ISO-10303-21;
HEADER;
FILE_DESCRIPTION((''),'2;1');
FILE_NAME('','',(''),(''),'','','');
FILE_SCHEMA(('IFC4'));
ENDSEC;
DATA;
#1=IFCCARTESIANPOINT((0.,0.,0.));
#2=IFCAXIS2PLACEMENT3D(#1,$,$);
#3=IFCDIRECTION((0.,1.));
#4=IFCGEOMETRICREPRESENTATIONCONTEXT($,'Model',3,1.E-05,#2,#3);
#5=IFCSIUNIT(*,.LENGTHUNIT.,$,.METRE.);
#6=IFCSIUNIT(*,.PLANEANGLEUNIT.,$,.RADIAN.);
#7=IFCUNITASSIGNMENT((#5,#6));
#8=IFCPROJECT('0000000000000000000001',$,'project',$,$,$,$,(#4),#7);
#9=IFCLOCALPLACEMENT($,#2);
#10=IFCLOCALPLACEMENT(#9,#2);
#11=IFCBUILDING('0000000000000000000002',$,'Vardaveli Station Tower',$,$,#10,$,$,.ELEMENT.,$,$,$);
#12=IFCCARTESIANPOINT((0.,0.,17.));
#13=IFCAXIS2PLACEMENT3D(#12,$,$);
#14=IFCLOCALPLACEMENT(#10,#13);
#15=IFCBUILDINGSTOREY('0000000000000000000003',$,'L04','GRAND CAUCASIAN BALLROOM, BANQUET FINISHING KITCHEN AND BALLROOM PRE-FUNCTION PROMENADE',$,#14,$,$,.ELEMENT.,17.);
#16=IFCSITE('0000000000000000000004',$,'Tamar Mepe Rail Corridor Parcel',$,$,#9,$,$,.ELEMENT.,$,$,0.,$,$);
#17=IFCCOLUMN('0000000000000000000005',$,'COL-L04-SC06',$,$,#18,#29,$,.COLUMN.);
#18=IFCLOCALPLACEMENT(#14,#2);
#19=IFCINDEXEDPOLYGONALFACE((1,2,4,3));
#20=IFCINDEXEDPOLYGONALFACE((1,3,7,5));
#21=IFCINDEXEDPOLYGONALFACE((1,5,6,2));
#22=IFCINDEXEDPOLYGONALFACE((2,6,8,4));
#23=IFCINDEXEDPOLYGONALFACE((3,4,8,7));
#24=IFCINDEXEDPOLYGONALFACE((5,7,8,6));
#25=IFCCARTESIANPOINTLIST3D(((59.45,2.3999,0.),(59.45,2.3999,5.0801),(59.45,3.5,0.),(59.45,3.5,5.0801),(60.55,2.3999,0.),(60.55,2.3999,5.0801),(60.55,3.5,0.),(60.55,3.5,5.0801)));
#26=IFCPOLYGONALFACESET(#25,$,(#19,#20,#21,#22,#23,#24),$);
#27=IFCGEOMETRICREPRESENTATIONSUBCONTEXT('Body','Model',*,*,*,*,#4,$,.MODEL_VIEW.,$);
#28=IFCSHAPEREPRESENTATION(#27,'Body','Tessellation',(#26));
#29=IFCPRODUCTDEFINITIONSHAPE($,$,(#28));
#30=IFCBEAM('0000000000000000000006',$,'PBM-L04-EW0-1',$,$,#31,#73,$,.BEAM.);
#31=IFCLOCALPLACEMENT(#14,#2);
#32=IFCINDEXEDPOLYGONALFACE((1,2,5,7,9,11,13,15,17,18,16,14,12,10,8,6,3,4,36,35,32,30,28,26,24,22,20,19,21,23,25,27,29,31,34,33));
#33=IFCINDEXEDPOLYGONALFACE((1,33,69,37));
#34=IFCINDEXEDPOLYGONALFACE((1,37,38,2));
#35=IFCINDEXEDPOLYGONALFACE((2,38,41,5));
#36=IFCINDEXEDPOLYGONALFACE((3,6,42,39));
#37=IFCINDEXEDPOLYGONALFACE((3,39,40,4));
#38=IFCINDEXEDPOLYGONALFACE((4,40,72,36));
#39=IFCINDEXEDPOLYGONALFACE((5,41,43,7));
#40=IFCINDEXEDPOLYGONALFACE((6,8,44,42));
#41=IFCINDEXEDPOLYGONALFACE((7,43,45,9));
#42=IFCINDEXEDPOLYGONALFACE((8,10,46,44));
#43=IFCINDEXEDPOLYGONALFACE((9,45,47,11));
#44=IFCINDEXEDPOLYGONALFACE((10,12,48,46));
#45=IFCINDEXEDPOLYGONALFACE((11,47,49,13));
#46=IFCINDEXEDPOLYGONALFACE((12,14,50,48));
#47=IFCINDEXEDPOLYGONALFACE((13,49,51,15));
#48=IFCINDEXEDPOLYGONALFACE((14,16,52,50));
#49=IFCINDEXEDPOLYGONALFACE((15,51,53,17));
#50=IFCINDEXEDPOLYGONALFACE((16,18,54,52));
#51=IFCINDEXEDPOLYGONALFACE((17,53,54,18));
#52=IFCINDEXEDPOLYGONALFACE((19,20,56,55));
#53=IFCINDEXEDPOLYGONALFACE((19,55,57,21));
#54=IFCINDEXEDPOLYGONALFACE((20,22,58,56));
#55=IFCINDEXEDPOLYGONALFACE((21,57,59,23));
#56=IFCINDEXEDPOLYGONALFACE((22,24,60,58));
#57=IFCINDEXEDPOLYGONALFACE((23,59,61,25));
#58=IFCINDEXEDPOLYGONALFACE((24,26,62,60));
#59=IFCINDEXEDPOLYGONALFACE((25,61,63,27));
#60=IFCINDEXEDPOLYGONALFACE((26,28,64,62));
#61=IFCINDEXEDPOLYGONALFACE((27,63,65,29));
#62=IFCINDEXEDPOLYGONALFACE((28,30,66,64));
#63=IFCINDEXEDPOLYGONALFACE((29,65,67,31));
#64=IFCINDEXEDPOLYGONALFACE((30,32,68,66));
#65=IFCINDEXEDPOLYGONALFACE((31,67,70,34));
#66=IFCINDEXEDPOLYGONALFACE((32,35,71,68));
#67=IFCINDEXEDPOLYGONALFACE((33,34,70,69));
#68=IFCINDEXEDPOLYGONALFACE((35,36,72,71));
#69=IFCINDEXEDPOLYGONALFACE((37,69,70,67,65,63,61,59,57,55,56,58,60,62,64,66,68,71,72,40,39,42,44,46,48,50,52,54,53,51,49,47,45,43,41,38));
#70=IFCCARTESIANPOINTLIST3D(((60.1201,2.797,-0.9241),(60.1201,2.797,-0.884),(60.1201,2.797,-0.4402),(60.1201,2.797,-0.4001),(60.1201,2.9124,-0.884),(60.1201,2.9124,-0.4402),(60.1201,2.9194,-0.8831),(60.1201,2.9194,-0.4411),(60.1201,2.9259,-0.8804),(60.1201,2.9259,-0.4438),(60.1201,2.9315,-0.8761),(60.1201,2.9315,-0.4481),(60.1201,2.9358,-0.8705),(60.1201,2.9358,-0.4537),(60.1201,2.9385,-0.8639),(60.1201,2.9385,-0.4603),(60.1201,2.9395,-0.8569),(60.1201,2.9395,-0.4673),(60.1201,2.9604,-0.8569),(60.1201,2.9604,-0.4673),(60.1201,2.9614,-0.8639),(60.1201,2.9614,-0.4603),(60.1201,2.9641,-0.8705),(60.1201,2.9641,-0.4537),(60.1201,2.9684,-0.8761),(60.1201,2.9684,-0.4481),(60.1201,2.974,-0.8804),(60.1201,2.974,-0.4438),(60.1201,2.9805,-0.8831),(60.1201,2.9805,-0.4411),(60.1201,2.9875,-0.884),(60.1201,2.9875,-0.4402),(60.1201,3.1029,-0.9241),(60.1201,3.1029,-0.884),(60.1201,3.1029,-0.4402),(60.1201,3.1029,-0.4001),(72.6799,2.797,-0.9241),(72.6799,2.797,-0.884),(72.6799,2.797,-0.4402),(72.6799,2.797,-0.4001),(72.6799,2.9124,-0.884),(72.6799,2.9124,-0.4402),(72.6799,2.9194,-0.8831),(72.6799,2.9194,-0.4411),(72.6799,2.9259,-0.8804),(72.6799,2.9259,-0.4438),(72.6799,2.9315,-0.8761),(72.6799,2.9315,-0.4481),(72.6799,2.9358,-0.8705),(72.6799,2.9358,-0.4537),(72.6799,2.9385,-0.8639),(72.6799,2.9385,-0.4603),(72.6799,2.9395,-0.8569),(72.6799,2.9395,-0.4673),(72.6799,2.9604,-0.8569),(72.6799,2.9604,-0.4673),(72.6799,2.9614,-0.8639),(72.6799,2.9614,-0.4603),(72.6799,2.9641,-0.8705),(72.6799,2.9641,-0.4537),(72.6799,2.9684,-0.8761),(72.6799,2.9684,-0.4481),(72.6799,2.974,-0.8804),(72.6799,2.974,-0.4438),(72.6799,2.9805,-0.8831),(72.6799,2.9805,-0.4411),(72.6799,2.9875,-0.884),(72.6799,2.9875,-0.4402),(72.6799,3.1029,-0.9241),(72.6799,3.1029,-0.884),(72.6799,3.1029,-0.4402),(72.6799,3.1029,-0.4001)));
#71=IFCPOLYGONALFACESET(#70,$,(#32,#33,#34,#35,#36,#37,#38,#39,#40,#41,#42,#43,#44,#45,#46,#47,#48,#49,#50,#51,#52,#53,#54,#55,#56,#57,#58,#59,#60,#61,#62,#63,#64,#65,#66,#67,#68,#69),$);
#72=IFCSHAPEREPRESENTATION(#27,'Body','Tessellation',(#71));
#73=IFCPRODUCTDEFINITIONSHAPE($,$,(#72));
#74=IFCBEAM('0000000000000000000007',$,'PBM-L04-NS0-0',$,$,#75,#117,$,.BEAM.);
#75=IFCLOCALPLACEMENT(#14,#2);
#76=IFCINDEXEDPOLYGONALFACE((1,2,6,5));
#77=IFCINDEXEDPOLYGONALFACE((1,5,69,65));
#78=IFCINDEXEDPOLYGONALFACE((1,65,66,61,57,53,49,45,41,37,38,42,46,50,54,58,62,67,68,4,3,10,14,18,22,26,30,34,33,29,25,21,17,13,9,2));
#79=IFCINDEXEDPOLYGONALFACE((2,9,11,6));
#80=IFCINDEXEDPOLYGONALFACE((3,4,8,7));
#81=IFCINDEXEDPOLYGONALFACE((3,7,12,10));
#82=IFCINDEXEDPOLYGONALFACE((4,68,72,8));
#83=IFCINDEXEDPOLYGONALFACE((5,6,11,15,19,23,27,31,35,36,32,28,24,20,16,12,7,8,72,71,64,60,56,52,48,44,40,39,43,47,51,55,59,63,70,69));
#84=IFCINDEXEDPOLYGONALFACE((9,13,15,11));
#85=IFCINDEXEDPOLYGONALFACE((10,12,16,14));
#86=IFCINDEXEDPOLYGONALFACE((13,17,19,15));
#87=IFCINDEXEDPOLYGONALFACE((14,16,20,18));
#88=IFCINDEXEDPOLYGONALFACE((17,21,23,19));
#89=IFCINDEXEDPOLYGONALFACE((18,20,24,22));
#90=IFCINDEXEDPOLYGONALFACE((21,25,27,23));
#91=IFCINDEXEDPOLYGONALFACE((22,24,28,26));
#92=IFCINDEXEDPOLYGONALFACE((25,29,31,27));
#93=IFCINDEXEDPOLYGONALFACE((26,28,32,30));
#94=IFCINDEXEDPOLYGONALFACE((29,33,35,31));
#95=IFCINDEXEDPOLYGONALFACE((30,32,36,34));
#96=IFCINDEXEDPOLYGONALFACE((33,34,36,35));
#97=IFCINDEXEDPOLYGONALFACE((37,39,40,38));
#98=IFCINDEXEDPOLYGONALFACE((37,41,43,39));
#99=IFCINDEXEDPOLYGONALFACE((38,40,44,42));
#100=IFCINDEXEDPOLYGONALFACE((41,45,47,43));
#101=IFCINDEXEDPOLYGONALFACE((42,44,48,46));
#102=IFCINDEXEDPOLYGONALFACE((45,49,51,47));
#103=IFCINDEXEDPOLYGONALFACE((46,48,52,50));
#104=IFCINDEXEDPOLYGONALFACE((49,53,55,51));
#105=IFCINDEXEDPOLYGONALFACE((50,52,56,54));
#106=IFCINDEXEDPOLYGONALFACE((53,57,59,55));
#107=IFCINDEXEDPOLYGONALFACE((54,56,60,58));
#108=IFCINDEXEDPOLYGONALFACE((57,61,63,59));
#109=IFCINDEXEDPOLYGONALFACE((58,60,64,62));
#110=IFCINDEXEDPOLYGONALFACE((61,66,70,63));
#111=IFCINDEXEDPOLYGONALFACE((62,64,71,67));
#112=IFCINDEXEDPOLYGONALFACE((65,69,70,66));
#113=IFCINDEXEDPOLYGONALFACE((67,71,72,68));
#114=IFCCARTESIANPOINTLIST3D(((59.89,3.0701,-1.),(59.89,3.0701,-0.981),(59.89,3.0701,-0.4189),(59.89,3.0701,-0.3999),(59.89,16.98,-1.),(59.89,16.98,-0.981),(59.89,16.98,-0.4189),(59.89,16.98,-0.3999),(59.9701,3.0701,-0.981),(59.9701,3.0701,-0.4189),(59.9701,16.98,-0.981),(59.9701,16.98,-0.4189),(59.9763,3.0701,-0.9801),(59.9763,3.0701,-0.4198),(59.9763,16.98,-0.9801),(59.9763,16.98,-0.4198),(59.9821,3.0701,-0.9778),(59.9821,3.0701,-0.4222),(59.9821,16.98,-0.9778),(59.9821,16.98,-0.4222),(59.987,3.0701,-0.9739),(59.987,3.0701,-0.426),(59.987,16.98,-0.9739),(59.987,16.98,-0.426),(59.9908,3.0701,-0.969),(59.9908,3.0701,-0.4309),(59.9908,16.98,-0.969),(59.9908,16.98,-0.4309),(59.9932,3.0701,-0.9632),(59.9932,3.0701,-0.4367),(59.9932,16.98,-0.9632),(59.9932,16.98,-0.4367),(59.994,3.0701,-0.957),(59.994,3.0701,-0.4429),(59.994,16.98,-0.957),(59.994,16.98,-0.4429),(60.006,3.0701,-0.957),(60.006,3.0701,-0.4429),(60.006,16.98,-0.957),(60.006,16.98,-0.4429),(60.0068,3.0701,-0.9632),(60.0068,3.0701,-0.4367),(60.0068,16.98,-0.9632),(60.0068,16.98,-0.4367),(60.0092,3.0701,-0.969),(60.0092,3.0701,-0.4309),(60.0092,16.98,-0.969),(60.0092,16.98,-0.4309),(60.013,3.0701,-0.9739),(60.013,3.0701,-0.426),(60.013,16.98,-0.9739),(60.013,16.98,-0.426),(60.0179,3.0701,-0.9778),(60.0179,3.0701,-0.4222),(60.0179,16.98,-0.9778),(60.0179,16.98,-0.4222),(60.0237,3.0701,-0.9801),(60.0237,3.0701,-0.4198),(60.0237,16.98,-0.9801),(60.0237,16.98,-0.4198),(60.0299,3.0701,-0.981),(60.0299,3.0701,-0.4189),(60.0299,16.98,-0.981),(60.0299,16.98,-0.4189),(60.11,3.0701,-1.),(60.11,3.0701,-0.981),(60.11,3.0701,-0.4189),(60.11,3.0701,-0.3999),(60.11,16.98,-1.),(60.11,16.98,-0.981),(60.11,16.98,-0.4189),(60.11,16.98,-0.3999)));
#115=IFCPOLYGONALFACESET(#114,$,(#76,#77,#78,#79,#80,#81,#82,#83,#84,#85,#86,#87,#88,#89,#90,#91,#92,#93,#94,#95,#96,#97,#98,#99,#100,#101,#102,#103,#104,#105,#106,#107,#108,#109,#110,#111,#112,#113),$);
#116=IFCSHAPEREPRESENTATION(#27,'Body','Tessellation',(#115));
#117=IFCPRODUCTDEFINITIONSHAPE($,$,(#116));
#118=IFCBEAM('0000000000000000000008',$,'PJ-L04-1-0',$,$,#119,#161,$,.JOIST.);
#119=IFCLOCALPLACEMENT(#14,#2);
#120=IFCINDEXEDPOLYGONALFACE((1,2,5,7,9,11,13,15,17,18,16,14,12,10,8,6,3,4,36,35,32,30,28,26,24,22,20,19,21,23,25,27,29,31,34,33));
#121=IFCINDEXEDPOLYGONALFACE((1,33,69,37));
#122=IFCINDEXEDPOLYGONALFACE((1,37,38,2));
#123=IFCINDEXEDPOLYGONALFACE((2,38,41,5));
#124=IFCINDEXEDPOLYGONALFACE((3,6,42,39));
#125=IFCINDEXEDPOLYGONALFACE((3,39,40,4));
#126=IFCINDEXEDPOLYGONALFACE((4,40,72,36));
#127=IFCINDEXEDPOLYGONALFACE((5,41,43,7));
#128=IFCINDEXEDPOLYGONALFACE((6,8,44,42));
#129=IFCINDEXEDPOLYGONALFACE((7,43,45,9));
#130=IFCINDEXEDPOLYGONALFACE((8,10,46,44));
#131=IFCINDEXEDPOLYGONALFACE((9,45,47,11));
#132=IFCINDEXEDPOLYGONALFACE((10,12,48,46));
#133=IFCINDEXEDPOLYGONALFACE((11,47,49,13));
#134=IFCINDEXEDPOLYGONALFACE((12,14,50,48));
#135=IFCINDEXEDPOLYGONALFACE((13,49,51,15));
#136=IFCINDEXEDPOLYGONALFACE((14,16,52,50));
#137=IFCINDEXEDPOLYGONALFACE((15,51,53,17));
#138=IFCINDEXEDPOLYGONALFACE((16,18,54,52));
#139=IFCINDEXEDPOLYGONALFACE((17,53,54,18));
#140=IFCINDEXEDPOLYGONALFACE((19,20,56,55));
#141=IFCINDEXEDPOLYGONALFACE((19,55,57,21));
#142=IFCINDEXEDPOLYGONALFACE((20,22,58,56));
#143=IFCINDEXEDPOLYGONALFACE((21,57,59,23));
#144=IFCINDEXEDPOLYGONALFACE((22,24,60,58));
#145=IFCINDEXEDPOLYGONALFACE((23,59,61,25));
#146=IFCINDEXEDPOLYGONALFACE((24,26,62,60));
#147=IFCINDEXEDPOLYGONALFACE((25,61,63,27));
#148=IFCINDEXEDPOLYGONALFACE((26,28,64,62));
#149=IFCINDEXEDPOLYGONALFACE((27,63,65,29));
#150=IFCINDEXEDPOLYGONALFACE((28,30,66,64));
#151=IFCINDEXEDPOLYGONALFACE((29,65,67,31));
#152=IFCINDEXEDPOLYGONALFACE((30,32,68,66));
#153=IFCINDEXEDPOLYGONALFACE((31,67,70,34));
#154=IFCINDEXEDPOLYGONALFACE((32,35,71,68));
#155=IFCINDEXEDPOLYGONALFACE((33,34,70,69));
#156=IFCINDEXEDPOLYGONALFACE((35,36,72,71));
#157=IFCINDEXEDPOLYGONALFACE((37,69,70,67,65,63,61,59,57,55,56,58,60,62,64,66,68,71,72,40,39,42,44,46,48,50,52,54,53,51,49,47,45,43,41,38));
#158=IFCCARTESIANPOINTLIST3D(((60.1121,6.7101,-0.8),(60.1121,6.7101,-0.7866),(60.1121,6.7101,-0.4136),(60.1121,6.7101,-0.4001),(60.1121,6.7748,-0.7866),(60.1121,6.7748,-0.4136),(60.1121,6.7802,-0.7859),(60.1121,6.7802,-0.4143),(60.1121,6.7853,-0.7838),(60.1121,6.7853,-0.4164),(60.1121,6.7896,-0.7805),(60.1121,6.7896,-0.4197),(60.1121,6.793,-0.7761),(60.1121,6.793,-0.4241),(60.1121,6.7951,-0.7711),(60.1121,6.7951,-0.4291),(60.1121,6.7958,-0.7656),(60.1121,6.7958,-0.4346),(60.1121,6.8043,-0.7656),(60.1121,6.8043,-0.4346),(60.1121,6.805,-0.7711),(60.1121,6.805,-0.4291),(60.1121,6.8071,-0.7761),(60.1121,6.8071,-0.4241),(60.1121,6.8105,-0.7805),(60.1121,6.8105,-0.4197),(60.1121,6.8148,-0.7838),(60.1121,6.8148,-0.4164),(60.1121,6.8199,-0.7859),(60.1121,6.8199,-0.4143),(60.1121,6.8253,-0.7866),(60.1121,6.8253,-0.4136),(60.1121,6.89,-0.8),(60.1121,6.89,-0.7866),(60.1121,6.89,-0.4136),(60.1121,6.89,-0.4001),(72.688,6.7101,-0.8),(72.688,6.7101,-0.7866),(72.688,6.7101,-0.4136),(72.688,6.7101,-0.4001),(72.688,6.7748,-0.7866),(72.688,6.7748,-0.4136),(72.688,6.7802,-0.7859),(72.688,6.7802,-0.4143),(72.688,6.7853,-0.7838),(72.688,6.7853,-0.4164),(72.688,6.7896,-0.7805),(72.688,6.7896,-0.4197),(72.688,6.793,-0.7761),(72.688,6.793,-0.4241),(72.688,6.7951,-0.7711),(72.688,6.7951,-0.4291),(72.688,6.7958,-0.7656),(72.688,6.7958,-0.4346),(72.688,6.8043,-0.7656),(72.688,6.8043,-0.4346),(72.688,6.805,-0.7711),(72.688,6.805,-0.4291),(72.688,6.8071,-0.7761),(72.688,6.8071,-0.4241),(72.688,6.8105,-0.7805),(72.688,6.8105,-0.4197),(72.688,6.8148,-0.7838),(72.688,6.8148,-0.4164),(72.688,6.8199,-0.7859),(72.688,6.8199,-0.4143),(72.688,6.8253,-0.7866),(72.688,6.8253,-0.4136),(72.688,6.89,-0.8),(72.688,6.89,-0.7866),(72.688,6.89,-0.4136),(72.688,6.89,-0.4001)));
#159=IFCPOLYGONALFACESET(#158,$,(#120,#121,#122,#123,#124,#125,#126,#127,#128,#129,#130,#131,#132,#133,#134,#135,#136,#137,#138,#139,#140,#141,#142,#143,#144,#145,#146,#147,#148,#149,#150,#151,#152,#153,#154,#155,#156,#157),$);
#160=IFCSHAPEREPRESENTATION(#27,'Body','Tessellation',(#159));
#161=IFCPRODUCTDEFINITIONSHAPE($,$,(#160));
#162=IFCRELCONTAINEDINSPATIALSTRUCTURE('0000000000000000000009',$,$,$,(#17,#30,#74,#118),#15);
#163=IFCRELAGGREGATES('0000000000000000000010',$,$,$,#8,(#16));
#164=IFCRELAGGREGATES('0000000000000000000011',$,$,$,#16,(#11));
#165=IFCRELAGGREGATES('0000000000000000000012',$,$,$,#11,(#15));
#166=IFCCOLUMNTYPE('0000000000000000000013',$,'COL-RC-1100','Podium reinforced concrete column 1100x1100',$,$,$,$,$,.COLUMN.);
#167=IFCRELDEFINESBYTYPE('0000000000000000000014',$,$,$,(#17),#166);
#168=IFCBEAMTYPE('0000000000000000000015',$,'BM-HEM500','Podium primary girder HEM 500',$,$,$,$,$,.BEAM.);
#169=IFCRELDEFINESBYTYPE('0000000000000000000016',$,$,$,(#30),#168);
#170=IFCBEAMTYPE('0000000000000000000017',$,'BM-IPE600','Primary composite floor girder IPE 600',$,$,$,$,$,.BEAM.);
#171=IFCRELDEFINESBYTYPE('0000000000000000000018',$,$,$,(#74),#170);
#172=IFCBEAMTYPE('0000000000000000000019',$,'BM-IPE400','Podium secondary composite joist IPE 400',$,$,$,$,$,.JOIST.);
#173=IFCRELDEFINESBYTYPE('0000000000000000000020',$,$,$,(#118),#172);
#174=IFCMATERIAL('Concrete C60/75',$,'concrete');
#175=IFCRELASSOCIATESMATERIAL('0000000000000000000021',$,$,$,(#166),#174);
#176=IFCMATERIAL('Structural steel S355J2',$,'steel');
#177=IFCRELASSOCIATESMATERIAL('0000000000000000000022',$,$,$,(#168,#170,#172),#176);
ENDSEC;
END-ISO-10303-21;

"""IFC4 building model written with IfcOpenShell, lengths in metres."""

from ifc_helpers import new_model, si_unit, direction, frame, origin, origin_2d, place, context, subcontext, project, spatial, rectangle, i_section, extrude, source, transform, mapped, material, material_profile, profile_set, type_object, element, save


model = new_model("IFC4")

# Units and contexts
model_context = context("Model", 3, precision=1e-05, world=origin(), true_north=direction((0.0, 1.0)))
body_context = subcontext(model_context, "Body", "Model", "MODEL_VIEW")
ifc_project = project(units=[si_unit("LENGTHUNIT", "METRE"), si_unit("PLANEANGLEUNIT", "RADIAN")], contexts=[model_context])

# Site, building, storey
site_placement = place(None, origin())
site = spatial("IfcSite", under=ifc_project, at=site_placement, Name="Tamar Mepe Rail Corridor Parcel", CompositionType="ELEMENT", RefElevation=0.0)
building_placement = place(site_placement, origin())
building = spatial("IfcBuilding", under=site, at=building_placement, Name="Vardaveli Station Tower", CompositionType="ELEMENT")
storey_placement = place(building_placement, frame((0.0, 0.0, 17.0)))
storey = spatial("IfcBuildingStorey", under=building, at=storey_placement, Name="L04", Description="GRAND CAUCASIAN BALLROOM, BANQUET FINISHING KITCHEN AND BALLROOM PRE-FUNCTION PROMENADE", CompositionType="ELEMENT", Elevation=17.0)

# Column
ifc_material_1 = material(Name="Concrete C60/75", Category="concrete")
ifc_material_profile_1 = material_profile(ifc_material_1, rectangle(XDim=1.1001, YDim=1.1001, at=origin_2d()), Name="RC 1100x1100")
ifc_profile_set_1 = profile_set([ifc_material_profile_1], Name="Concrete C60/75")
column_type = type_object("IfcColumnType", Name="COL-RC-1100", Description="Podium reinforced concrete column 1100x1100", PredefinedType="COLUMN", material=ifc_profile_set_1)
shared_shape_1 = source(origin(), body_context, "Body", "SweptSolid", [
    extrude(rectangle(XDim=1.1001, YDim=1.1001, at=origin_2d()), origin(), (0.0, 0.0, 1.0), 5.0801),
])
column_placement = place(storey_placement, frame((60.0, 2.95, 0.0), z_axis=(0.0, 0.0, 1.0), x_axis=(1.0, 0.0, 0.0)))
element("IfcColumn", 1, at=column_placement, inside=storey, type_object=column_type, Name="COL-L04-SC06", PredefinedType="COLUMN", context=body_context, shape_type="MappedRepresentation", body=[
    mapped(shared_shape_1, transform((0.0, 0.0, 0.0), scale=1.0)),
])

# Beams
ifc_material_2 = material(Name="Structural steel S355J2", Category="steel")
ifc_material_profile_2 = material_profile(ifc_material_2, i_section(OverallWidth=0.3059, OverallDepth=0.5239, WebThickness=0.021, FlangeThickness=0.04, FilletRadius=0.0271, at=origin_2d()), Name="HEM 500")
ifc_profile_set_2 = profile_set([ifc_material_profile_2], Name="Structural steel S355J2")
beam_type_1 = type_object("IfcBeamType", Name="BM-HEM500", Description="Podium primary girder HEM 500", PredefinedType="BEAM", material=ifc_profile_set_2)
shared_shape_2 = source(origin(), body_context, "Body", "SweptSolid", [
    extrude(i_section(OverallWidth=0.3059, OverallDepth=0.5239, WebThickness=0.021, FlangeThickness=0.04, FilletRadius=0.0271, at=origin_2d()), origin(), (0.0, 0.0, 1.0), 12.5598),
])
beam_1_placement = place(storey_placement, frame((60.1201, 2.95, -0.6621), z_axis=(1.0, 0.0, 0.0), x_axis=(0.0, 1.0, 0.0)))
element("IfcBeam", 2, at=beam_1_placement, inside=storey, type_object=beam_type_1, Name="PBM-L04-EW0-1", PredefinedType="BEAM", context=body_context, shape_type="MappedRepresentation", body=[
    mapped(shared_shape_2, transform((0.0, 0.0, 0.0), scale=1.0)),
])
ifc_material_profile_3 = material_profile(ifc_material_2, i_section(OverallWidth=0.22, OverallDepth=0.6001, WebThickness=0.012, FlangeThickness=0.019, FilletRadius=0.0239, at=origin_2d()), Name="IPE 600")
ifc_profile_set_3 = profile_set([ifc_material_profile_3], Name="Structural steel S355J2")
beam_type_2 = type_object("IfcBeamType", Name="BM-IPE600", Description="Primary composite floor girder IPE 600", PredefinedType="BEAM", material=ifc_profile_set_3)
shared_shape_3 = source(origin(), body_context, "Body", "SweptSolid", [
    extrude(i_section(OverallWidth=0.22, OverallDepth=0.6001, WebThickness=0.012, FlangeThickness=0.019, FilletRadius=0.0239, at=origin_2d()), origin(), (0.0, 0.0, 1.0), 13.9099),
])
beam_2_placement = place(storey_placement, frame((60.0, 3.0701, -0.7), z_axis=(0.0, 1.0, 0.0), x_axis=(-1.0, 0.0, 0.0)))
element("IfcBeam", 3, at=beam_2_placement, inside=storey, type_object=beam_type_2, Name="PBM-L04-NS0-0", PredefinedType="BEAM", context=body_context, shape_type="MappedRepresentation", body=[
    mapped(shared_shape_3, transform((0.0, 0.0, 0.0), scale=1.0)),
])
ifc_material_profile_4 = material_profile(ifc_material_2, i_section(OverallWidth=0.1799, OverallDepth=0.3999, WebThickness=0.0085, FlangeThickness=0.0134, FilletRadius=0.021, at=origin_2d()), Name="IPE 400")
ifc_profile_set_4 = profile_set([ifc_material_profile_4], Name="Structural steel S355J2")
beam_type_3 = type_object("IfcBeamType", Name="BM-IPE400", Description="Podium secondary composite joist IPE 400", PredefinedType="JOIST", material=ifc_profile_set_4)
shared_shape_4 = source(origin(), body_context, "Body", "SweptSolid", [
    extrude(i_section(OverallWidth=0.1799, OverallDepth=0.3999, WebThickness=0.0085, FlangeThickness=0.0134, FilletRadius=0.021, at=origin_2d()), origin(), (0.0, 0.0, 1.0), 12.5759),
])
for number, where, z_axis, x_axis, name in (
    (4, (60.1121, 6.8, -0.6001), (1.0, 0.0, 0.0), (0.0, 1.0, 0.0), "PJ-L04-1-0"),
):
    element("IfcBeam", number, at=place(storey_placement, frame(where, z_axis=z_axis, x_axis=x_axis)), inside=storey, type_object=beam_type_3, Name=name, PredefinedType="JOIST", context=body_context, shape_type="MappedRepresentation", body=[
        mapped(shared_shape_4, transform((0.0, 0.0, 0.0), scale=1.0)),
    ])

save(model, "model.ifc")
